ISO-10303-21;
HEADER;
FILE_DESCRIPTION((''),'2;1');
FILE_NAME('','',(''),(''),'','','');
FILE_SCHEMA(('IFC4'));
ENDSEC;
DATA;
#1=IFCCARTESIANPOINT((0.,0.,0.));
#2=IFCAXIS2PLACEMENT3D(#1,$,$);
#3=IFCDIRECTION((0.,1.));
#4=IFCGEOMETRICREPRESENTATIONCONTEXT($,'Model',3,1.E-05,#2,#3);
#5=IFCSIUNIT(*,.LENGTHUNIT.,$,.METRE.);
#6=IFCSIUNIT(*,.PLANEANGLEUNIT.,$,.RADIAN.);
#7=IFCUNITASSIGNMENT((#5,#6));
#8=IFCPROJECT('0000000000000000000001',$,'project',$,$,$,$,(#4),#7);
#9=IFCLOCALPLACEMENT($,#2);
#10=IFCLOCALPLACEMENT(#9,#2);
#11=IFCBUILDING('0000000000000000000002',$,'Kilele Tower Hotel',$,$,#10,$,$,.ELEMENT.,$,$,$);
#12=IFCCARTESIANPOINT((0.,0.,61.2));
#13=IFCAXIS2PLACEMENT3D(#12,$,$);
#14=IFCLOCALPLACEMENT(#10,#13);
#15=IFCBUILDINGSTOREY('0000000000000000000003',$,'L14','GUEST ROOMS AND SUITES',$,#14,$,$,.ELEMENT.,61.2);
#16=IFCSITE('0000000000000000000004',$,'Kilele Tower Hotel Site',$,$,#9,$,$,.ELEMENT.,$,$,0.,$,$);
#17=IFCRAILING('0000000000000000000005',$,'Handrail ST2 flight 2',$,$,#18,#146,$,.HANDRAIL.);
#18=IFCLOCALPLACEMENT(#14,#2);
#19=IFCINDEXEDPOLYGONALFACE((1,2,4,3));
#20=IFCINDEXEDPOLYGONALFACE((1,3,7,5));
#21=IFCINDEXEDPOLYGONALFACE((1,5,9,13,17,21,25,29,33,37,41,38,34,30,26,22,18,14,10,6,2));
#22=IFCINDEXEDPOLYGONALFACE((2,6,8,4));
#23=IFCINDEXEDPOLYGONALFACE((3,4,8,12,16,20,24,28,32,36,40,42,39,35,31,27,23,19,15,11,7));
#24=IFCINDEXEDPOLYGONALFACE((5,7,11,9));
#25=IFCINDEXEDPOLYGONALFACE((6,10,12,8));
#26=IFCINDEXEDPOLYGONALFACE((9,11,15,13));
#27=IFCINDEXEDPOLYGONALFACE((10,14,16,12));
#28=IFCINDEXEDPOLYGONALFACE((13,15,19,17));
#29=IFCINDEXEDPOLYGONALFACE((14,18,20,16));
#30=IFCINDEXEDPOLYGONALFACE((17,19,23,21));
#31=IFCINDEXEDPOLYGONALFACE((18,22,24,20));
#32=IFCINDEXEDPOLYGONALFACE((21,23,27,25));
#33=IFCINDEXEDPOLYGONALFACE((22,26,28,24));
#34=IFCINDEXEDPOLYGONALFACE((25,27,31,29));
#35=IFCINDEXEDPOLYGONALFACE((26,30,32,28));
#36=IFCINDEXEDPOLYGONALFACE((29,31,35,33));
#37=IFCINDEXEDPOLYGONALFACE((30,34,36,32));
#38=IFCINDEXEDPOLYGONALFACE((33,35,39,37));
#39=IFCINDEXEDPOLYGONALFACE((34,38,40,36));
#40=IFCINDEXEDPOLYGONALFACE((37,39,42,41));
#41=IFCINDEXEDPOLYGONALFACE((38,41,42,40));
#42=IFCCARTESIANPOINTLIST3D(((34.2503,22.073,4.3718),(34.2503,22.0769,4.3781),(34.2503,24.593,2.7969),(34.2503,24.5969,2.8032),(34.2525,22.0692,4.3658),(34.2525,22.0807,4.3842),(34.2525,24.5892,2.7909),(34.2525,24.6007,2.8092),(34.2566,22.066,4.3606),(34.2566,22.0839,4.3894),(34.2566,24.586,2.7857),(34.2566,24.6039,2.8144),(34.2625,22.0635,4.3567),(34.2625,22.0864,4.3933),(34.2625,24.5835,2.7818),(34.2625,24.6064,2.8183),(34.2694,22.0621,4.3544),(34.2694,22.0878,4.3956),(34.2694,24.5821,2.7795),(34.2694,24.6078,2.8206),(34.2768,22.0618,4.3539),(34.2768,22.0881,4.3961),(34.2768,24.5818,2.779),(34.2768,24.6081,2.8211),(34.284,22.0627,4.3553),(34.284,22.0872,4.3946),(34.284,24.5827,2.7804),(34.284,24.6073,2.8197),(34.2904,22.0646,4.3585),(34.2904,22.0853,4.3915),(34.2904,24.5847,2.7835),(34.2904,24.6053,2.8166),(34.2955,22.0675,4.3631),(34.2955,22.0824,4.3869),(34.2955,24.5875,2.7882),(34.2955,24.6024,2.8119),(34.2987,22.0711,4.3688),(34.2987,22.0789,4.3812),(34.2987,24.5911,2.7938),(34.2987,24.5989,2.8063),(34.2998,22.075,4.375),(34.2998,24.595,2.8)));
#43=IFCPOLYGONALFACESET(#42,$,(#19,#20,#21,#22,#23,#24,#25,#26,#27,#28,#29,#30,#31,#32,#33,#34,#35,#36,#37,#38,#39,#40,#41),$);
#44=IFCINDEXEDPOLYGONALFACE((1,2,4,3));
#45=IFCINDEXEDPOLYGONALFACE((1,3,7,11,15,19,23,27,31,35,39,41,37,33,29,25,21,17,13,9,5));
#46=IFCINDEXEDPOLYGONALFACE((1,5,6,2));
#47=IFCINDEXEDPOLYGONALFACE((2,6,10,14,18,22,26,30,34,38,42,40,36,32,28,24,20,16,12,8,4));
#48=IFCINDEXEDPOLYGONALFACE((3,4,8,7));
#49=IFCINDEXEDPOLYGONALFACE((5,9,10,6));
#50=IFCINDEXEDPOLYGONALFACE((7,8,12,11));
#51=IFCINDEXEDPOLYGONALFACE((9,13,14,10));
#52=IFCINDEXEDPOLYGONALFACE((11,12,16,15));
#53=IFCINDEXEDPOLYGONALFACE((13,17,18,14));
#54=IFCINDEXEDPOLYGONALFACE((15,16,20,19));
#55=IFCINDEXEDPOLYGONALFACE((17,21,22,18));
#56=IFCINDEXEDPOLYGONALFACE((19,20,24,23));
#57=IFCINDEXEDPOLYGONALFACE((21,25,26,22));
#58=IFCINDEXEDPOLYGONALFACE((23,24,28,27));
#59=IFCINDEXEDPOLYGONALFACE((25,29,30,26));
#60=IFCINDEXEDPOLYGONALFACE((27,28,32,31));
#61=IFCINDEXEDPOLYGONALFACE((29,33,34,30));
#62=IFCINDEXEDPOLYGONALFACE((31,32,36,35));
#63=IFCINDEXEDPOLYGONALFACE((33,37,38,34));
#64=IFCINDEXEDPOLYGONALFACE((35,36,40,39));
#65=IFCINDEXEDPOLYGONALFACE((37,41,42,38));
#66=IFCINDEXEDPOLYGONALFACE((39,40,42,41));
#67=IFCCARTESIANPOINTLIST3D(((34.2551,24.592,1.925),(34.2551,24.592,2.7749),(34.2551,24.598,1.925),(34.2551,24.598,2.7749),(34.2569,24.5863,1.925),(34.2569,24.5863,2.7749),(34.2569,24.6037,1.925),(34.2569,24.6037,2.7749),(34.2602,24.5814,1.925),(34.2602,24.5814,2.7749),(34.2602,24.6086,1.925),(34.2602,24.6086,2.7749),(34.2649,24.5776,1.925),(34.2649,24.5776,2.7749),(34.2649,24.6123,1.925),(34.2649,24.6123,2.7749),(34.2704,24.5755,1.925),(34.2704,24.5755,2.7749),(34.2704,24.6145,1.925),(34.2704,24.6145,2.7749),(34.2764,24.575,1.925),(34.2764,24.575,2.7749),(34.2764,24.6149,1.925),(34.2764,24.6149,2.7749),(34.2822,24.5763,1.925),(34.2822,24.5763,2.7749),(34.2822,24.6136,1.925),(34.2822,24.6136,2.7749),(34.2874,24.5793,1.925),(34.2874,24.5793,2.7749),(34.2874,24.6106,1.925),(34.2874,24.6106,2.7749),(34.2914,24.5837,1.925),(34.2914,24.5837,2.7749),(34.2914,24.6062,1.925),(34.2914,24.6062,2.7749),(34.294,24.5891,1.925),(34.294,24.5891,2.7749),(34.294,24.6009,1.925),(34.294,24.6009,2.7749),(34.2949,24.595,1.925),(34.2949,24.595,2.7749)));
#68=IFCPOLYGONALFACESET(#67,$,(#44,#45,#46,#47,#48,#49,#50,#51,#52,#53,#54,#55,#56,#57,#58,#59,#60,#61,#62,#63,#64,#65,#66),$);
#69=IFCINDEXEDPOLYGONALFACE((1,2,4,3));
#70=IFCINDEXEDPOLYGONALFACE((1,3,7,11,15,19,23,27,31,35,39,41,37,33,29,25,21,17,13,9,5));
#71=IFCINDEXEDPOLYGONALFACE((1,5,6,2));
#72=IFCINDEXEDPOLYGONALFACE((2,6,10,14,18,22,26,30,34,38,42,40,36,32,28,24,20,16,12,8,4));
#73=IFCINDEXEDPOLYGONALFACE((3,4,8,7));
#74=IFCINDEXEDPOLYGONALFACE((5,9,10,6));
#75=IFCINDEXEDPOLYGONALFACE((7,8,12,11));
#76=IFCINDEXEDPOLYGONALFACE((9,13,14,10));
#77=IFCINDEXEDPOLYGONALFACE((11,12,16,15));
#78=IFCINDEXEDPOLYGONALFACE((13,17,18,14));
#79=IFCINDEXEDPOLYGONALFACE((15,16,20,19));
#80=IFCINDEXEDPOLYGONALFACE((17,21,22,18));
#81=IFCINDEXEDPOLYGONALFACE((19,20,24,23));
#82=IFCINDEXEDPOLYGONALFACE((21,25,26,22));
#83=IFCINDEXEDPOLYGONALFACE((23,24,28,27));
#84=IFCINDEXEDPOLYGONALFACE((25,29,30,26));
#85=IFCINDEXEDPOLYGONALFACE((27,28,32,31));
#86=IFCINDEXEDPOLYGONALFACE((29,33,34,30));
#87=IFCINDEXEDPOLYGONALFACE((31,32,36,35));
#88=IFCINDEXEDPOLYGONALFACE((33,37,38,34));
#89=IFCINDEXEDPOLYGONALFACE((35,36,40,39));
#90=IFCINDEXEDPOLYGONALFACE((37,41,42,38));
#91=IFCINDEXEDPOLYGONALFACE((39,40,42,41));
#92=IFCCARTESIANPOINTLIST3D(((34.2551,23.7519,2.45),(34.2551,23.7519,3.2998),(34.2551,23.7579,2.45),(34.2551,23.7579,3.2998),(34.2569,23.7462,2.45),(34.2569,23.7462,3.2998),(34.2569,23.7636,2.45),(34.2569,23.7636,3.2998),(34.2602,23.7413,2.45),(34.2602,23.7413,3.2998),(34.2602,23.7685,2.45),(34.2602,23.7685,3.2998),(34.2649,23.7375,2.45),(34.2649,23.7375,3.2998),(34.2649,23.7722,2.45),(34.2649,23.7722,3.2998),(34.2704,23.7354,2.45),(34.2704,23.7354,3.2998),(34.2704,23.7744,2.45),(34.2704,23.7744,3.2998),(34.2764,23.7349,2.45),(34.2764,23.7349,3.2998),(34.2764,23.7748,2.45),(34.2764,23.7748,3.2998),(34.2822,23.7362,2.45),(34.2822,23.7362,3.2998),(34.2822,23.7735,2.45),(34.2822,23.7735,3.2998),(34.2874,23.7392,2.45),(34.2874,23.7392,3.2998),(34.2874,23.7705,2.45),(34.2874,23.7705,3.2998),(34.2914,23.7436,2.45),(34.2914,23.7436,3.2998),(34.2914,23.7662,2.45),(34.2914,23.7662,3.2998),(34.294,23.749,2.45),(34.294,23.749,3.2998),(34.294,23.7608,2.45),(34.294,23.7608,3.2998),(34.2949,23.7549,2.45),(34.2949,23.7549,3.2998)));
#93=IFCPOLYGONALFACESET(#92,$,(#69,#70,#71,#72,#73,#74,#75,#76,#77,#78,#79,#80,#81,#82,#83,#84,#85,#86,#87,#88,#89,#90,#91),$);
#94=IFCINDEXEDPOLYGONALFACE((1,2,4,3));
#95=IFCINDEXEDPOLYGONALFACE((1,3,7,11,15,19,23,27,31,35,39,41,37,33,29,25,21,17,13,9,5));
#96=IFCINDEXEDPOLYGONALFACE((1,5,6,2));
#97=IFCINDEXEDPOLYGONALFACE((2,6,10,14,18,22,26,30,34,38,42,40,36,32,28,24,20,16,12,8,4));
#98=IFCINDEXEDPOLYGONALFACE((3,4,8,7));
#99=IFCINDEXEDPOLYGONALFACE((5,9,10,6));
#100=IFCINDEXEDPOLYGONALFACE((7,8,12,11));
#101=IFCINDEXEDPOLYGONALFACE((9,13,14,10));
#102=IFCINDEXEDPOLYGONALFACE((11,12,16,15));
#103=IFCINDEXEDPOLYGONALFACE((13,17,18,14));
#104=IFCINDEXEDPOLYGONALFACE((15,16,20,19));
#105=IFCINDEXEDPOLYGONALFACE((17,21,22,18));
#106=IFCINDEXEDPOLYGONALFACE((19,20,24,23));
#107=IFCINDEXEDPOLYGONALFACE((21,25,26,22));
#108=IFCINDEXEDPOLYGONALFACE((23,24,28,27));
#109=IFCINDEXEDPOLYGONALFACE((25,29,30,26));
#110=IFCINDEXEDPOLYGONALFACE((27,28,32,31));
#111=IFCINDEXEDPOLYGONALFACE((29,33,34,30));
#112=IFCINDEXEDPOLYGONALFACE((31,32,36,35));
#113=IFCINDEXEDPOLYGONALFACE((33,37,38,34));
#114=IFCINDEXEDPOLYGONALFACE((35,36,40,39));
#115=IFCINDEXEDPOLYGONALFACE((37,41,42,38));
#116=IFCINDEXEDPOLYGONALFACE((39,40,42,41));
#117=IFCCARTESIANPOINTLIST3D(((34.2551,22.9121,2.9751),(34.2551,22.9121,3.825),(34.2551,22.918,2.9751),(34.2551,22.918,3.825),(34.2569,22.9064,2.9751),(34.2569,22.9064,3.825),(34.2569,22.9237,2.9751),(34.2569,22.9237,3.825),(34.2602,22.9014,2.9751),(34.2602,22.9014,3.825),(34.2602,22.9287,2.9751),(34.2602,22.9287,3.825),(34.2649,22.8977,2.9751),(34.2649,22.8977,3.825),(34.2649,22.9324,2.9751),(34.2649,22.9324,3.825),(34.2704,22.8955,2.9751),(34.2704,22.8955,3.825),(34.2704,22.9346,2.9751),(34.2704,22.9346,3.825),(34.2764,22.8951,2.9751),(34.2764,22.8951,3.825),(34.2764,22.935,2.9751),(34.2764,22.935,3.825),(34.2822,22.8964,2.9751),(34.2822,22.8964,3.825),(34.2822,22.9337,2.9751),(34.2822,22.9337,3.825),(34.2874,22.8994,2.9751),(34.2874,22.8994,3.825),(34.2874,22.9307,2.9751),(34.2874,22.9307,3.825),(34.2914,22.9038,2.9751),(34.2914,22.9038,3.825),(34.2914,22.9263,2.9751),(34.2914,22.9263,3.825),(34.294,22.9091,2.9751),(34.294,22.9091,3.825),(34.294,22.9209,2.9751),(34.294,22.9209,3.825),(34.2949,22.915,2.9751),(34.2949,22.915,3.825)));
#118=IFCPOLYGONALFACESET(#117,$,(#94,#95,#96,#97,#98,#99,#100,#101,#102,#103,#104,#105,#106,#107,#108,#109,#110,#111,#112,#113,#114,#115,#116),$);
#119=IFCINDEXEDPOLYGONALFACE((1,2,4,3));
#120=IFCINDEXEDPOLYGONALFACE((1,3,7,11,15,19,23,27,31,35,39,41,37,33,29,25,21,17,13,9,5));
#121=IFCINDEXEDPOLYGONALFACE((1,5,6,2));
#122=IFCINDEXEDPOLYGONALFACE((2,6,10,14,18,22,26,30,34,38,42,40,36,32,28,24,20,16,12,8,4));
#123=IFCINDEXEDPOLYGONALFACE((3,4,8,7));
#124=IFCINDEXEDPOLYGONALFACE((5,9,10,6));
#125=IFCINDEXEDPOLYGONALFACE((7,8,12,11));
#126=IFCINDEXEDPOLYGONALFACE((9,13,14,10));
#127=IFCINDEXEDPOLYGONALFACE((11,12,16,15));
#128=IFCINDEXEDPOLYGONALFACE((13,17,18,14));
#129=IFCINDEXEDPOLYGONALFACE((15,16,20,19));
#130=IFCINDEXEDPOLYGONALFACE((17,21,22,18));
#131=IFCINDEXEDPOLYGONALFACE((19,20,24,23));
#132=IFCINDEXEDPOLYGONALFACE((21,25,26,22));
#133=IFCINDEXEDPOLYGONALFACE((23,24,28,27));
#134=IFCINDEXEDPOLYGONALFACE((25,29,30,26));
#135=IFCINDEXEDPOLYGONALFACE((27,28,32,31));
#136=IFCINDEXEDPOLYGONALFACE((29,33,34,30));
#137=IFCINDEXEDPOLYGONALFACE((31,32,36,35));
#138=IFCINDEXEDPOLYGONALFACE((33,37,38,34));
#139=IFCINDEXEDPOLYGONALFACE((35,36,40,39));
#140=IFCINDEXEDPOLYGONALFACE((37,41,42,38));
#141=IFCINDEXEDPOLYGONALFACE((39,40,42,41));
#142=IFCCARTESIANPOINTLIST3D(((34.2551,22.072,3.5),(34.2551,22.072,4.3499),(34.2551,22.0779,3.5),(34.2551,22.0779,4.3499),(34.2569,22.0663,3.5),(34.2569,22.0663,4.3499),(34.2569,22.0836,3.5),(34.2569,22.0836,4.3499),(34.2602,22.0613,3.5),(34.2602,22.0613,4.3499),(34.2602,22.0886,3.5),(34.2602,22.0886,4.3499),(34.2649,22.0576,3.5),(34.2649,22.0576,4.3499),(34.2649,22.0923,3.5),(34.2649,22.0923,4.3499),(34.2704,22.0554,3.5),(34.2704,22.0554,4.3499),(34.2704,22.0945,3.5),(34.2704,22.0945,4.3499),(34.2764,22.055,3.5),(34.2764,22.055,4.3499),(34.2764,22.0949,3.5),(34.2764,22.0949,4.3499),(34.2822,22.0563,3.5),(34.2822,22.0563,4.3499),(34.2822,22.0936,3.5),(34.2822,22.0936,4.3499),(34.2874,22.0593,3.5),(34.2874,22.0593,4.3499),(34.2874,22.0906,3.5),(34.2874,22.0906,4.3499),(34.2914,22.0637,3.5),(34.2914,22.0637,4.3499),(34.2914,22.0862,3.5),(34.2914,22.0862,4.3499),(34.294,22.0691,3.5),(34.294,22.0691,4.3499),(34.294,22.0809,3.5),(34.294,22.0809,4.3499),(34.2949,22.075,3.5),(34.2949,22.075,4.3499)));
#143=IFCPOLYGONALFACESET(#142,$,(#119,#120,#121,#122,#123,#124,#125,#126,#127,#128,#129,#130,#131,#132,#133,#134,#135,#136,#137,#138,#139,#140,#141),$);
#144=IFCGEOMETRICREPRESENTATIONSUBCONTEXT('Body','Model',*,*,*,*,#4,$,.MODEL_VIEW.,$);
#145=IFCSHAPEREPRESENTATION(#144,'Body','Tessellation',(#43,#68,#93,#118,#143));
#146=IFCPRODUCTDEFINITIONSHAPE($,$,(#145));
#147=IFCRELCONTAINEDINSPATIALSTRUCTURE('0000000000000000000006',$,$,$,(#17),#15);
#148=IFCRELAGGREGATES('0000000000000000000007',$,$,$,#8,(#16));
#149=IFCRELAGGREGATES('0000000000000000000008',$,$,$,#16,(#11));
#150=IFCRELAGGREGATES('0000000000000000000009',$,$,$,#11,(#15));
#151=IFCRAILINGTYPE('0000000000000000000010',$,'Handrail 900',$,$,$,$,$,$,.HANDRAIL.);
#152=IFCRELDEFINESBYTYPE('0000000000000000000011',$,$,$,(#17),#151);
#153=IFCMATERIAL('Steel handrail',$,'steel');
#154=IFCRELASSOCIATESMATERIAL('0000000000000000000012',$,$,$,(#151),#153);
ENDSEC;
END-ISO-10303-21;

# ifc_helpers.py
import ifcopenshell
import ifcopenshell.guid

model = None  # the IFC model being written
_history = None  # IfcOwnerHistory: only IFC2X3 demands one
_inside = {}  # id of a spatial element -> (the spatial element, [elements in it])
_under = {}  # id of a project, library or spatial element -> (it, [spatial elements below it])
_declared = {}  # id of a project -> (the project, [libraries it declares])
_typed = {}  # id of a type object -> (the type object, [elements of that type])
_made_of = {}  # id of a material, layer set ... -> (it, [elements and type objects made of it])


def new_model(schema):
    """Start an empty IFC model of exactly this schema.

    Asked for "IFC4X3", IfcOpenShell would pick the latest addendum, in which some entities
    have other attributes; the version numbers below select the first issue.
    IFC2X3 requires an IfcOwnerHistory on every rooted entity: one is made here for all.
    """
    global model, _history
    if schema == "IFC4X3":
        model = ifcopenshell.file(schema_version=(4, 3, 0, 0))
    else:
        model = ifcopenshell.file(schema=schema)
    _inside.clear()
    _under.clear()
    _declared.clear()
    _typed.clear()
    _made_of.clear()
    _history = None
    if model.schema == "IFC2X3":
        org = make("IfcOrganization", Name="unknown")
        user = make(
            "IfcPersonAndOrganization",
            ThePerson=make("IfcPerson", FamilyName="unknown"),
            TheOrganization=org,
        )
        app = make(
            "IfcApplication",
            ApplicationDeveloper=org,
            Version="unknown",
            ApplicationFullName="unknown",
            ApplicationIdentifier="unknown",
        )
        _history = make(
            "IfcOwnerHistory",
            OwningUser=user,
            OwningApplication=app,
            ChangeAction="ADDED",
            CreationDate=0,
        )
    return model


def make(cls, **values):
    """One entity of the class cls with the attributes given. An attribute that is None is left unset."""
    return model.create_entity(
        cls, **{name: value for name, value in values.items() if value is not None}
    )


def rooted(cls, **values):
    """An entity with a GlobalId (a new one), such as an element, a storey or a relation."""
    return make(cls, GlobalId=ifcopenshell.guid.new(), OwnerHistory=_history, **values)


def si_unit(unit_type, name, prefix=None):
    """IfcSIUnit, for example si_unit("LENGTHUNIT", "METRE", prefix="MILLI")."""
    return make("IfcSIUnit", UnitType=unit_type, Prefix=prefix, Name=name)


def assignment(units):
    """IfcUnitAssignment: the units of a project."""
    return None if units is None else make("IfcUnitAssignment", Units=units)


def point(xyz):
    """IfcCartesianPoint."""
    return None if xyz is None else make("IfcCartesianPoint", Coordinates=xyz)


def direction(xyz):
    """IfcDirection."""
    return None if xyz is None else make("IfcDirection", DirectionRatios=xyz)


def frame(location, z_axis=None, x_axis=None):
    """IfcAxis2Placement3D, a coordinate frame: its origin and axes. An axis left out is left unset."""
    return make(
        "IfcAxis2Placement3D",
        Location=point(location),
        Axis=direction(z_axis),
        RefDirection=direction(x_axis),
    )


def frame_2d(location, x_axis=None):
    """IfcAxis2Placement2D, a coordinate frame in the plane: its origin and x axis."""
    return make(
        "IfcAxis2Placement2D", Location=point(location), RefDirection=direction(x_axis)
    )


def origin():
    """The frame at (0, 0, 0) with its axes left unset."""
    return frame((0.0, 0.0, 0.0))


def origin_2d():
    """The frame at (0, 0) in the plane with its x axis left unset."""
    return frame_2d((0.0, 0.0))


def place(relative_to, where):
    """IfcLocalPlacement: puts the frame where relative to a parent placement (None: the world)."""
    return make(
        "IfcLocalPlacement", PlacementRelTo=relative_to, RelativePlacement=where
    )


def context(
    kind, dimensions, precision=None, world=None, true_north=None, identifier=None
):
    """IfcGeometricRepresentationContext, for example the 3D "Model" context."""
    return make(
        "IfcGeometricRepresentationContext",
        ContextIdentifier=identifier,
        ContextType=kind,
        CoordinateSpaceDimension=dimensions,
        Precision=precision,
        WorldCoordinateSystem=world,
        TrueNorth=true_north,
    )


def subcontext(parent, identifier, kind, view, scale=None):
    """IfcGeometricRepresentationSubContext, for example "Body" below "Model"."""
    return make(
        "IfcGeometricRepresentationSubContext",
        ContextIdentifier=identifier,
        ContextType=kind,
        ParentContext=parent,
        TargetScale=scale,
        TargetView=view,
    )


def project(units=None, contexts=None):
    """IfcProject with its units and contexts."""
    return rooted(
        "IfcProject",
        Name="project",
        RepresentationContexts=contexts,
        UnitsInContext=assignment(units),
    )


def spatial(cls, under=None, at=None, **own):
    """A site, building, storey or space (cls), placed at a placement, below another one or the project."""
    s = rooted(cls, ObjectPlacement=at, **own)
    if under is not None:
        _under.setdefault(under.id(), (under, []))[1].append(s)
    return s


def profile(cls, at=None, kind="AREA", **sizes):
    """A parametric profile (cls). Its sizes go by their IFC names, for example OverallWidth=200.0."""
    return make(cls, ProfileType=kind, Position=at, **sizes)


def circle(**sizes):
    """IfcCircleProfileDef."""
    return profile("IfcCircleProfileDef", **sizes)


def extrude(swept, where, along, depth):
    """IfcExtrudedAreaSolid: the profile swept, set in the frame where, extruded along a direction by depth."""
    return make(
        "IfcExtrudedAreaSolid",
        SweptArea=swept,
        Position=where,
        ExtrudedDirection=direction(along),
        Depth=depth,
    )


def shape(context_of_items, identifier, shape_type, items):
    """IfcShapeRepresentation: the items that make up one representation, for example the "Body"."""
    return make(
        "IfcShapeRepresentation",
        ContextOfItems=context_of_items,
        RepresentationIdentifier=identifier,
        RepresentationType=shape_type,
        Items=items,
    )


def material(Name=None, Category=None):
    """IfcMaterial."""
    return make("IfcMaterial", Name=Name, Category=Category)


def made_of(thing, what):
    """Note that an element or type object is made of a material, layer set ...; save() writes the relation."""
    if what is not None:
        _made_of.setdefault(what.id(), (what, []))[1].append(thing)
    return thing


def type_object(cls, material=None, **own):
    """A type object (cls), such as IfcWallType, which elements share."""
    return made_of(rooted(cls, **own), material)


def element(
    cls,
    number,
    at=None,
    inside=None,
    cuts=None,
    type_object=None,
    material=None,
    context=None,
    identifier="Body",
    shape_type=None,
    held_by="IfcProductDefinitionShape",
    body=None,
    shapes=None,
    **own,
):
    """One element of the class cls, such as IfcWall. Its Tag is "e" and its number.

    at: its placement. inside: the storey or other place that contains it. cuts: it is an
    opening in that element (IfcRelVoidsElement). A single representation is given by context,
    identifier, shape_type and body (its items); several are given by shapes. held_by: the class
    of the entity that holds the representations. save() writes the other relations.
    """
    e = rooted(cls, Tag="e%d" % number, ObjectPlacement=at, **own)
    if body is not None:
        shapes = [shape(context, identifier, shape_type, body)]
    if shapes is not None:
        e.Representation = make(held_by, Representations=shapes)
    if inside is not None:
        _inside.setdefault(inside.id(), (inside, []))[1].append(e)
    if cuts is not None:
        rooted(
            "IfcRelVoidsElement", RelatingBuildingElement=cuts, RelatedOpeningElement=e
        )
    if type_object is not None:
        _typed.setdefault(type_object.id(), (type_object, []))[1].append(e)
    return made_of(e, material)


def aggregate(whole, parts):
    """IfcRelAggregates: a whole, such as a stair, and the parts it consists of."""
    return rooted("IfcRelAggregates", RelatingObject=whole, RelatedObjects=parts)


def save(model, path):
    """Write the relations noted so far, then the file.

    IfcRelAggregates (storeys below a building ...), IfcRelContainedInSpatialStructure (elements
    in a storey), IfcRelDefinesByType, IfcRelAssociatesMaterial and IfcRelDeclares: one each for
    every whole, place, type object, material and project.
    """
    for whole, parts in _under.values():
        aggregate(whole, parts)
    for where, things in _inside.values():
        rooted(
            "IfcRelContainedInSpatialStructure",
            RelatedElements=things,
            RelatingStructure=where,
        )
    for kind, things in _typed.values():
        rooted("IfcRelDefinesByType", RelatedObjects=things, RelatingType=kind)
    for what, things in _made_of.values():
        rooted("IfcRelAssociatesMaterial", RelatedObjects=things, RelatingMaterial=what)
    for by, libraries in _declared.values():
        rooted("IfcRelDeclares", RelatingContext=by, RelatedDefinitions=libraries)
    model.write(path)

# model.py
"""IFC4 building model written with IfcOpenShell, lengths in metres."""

from ifc_helpers import new_model, si_unit, direction, frame, origin, origin_2d, place, context, subcontext, project, spatial, circle, extrude, material, type_object, element, save


model = new_model("IFC4")

# Units and contexts
model_context = context("Model", 3, precision=1e-05, world=origin(), true_north=direction((0.0, 1.0)))
body_context = subcontext(model_context, "Body", "Model", "MODEL_VIEW")
ifc_project = project(units=[si_unit("LENGTHUNIT", "METRE"), si_unit("PLANEANGLEUNIT", "RADIAN")], contexts=[model_context])

# Site, building, storey
site_placement = place(None, origin())
site = spatial("IfcSite", under=ifc_project, at=site_placement, Name="Kilele Tower Hotel Site", CompositionType="ELEMENT", RefElevation=0.0)
building_placement = place(site_placement, origin())
building = spatial("IfcBuilding", under=site, at=building_placement, Name="Kilele Tower Hotel", CompositionType="ELEMENT")
storey_placement = place(building_placement, frame((0.0, 0.0, 61.2)))
storey = spatial("IfcBuildingStorey", under=building, at=storey_placement, Name="L14", Description="GUEST ROOMS AND SUITES", CompositionType="ELEMENT", Elevation=61.2)

# Railing
ifc_material_1 = material(Name="Steel handrail", Category="steel")
railing_type_1 = type_object("IfcRailingType", Name="Handrail 900", PredefinedType="HANDRAIL", material=ifc_material_1)
for number, where, name in (
    (1, (34.2749, 24.595, 1.925), "Handrail ST2 flight 2"),
):
    element("IfcRailing", number, at=place(storey_placement, frame(where)), inside=storey, type_object=railing_type_1, Name=name, PredefinedType="HANDRAIL", context=body_context, shape_type="SweptSolid", body=[
        extrude(circle(Radius=0.0249, at=origin_2d()), frame((0.0, 0.0, 0.875), z_axis=(0.0, -0.848008, 0.529984), x_axis=(1.0, 0.0, 0.0)), (0.0, 0.0, 1.0), 2.9717),
        extrude(circle(Radius=0.02, at=origin_2d()), origin(), (0.0, 0.0, 1.0), 0.8499),
        extrude(circle(Radius=0.02, at=origin_2d()), frame((0.0, -0.8401, 0.5249)), (0.0, 0.0, 1.0), 0.8499),
        extrude(circle(Radius=0.02, at=origin_2d()), frame((0.0, -1.6799, 1.05)), (0.0, 0.0, 1.0), 0.8499),
        extrude(circle(Radius=0.02, at=origin_2d()), frame((0.0, -2.52, 1.575)), (0.0, 0.0, 1.0), 0.8499),
    ])

save(model, "model.ifc")
